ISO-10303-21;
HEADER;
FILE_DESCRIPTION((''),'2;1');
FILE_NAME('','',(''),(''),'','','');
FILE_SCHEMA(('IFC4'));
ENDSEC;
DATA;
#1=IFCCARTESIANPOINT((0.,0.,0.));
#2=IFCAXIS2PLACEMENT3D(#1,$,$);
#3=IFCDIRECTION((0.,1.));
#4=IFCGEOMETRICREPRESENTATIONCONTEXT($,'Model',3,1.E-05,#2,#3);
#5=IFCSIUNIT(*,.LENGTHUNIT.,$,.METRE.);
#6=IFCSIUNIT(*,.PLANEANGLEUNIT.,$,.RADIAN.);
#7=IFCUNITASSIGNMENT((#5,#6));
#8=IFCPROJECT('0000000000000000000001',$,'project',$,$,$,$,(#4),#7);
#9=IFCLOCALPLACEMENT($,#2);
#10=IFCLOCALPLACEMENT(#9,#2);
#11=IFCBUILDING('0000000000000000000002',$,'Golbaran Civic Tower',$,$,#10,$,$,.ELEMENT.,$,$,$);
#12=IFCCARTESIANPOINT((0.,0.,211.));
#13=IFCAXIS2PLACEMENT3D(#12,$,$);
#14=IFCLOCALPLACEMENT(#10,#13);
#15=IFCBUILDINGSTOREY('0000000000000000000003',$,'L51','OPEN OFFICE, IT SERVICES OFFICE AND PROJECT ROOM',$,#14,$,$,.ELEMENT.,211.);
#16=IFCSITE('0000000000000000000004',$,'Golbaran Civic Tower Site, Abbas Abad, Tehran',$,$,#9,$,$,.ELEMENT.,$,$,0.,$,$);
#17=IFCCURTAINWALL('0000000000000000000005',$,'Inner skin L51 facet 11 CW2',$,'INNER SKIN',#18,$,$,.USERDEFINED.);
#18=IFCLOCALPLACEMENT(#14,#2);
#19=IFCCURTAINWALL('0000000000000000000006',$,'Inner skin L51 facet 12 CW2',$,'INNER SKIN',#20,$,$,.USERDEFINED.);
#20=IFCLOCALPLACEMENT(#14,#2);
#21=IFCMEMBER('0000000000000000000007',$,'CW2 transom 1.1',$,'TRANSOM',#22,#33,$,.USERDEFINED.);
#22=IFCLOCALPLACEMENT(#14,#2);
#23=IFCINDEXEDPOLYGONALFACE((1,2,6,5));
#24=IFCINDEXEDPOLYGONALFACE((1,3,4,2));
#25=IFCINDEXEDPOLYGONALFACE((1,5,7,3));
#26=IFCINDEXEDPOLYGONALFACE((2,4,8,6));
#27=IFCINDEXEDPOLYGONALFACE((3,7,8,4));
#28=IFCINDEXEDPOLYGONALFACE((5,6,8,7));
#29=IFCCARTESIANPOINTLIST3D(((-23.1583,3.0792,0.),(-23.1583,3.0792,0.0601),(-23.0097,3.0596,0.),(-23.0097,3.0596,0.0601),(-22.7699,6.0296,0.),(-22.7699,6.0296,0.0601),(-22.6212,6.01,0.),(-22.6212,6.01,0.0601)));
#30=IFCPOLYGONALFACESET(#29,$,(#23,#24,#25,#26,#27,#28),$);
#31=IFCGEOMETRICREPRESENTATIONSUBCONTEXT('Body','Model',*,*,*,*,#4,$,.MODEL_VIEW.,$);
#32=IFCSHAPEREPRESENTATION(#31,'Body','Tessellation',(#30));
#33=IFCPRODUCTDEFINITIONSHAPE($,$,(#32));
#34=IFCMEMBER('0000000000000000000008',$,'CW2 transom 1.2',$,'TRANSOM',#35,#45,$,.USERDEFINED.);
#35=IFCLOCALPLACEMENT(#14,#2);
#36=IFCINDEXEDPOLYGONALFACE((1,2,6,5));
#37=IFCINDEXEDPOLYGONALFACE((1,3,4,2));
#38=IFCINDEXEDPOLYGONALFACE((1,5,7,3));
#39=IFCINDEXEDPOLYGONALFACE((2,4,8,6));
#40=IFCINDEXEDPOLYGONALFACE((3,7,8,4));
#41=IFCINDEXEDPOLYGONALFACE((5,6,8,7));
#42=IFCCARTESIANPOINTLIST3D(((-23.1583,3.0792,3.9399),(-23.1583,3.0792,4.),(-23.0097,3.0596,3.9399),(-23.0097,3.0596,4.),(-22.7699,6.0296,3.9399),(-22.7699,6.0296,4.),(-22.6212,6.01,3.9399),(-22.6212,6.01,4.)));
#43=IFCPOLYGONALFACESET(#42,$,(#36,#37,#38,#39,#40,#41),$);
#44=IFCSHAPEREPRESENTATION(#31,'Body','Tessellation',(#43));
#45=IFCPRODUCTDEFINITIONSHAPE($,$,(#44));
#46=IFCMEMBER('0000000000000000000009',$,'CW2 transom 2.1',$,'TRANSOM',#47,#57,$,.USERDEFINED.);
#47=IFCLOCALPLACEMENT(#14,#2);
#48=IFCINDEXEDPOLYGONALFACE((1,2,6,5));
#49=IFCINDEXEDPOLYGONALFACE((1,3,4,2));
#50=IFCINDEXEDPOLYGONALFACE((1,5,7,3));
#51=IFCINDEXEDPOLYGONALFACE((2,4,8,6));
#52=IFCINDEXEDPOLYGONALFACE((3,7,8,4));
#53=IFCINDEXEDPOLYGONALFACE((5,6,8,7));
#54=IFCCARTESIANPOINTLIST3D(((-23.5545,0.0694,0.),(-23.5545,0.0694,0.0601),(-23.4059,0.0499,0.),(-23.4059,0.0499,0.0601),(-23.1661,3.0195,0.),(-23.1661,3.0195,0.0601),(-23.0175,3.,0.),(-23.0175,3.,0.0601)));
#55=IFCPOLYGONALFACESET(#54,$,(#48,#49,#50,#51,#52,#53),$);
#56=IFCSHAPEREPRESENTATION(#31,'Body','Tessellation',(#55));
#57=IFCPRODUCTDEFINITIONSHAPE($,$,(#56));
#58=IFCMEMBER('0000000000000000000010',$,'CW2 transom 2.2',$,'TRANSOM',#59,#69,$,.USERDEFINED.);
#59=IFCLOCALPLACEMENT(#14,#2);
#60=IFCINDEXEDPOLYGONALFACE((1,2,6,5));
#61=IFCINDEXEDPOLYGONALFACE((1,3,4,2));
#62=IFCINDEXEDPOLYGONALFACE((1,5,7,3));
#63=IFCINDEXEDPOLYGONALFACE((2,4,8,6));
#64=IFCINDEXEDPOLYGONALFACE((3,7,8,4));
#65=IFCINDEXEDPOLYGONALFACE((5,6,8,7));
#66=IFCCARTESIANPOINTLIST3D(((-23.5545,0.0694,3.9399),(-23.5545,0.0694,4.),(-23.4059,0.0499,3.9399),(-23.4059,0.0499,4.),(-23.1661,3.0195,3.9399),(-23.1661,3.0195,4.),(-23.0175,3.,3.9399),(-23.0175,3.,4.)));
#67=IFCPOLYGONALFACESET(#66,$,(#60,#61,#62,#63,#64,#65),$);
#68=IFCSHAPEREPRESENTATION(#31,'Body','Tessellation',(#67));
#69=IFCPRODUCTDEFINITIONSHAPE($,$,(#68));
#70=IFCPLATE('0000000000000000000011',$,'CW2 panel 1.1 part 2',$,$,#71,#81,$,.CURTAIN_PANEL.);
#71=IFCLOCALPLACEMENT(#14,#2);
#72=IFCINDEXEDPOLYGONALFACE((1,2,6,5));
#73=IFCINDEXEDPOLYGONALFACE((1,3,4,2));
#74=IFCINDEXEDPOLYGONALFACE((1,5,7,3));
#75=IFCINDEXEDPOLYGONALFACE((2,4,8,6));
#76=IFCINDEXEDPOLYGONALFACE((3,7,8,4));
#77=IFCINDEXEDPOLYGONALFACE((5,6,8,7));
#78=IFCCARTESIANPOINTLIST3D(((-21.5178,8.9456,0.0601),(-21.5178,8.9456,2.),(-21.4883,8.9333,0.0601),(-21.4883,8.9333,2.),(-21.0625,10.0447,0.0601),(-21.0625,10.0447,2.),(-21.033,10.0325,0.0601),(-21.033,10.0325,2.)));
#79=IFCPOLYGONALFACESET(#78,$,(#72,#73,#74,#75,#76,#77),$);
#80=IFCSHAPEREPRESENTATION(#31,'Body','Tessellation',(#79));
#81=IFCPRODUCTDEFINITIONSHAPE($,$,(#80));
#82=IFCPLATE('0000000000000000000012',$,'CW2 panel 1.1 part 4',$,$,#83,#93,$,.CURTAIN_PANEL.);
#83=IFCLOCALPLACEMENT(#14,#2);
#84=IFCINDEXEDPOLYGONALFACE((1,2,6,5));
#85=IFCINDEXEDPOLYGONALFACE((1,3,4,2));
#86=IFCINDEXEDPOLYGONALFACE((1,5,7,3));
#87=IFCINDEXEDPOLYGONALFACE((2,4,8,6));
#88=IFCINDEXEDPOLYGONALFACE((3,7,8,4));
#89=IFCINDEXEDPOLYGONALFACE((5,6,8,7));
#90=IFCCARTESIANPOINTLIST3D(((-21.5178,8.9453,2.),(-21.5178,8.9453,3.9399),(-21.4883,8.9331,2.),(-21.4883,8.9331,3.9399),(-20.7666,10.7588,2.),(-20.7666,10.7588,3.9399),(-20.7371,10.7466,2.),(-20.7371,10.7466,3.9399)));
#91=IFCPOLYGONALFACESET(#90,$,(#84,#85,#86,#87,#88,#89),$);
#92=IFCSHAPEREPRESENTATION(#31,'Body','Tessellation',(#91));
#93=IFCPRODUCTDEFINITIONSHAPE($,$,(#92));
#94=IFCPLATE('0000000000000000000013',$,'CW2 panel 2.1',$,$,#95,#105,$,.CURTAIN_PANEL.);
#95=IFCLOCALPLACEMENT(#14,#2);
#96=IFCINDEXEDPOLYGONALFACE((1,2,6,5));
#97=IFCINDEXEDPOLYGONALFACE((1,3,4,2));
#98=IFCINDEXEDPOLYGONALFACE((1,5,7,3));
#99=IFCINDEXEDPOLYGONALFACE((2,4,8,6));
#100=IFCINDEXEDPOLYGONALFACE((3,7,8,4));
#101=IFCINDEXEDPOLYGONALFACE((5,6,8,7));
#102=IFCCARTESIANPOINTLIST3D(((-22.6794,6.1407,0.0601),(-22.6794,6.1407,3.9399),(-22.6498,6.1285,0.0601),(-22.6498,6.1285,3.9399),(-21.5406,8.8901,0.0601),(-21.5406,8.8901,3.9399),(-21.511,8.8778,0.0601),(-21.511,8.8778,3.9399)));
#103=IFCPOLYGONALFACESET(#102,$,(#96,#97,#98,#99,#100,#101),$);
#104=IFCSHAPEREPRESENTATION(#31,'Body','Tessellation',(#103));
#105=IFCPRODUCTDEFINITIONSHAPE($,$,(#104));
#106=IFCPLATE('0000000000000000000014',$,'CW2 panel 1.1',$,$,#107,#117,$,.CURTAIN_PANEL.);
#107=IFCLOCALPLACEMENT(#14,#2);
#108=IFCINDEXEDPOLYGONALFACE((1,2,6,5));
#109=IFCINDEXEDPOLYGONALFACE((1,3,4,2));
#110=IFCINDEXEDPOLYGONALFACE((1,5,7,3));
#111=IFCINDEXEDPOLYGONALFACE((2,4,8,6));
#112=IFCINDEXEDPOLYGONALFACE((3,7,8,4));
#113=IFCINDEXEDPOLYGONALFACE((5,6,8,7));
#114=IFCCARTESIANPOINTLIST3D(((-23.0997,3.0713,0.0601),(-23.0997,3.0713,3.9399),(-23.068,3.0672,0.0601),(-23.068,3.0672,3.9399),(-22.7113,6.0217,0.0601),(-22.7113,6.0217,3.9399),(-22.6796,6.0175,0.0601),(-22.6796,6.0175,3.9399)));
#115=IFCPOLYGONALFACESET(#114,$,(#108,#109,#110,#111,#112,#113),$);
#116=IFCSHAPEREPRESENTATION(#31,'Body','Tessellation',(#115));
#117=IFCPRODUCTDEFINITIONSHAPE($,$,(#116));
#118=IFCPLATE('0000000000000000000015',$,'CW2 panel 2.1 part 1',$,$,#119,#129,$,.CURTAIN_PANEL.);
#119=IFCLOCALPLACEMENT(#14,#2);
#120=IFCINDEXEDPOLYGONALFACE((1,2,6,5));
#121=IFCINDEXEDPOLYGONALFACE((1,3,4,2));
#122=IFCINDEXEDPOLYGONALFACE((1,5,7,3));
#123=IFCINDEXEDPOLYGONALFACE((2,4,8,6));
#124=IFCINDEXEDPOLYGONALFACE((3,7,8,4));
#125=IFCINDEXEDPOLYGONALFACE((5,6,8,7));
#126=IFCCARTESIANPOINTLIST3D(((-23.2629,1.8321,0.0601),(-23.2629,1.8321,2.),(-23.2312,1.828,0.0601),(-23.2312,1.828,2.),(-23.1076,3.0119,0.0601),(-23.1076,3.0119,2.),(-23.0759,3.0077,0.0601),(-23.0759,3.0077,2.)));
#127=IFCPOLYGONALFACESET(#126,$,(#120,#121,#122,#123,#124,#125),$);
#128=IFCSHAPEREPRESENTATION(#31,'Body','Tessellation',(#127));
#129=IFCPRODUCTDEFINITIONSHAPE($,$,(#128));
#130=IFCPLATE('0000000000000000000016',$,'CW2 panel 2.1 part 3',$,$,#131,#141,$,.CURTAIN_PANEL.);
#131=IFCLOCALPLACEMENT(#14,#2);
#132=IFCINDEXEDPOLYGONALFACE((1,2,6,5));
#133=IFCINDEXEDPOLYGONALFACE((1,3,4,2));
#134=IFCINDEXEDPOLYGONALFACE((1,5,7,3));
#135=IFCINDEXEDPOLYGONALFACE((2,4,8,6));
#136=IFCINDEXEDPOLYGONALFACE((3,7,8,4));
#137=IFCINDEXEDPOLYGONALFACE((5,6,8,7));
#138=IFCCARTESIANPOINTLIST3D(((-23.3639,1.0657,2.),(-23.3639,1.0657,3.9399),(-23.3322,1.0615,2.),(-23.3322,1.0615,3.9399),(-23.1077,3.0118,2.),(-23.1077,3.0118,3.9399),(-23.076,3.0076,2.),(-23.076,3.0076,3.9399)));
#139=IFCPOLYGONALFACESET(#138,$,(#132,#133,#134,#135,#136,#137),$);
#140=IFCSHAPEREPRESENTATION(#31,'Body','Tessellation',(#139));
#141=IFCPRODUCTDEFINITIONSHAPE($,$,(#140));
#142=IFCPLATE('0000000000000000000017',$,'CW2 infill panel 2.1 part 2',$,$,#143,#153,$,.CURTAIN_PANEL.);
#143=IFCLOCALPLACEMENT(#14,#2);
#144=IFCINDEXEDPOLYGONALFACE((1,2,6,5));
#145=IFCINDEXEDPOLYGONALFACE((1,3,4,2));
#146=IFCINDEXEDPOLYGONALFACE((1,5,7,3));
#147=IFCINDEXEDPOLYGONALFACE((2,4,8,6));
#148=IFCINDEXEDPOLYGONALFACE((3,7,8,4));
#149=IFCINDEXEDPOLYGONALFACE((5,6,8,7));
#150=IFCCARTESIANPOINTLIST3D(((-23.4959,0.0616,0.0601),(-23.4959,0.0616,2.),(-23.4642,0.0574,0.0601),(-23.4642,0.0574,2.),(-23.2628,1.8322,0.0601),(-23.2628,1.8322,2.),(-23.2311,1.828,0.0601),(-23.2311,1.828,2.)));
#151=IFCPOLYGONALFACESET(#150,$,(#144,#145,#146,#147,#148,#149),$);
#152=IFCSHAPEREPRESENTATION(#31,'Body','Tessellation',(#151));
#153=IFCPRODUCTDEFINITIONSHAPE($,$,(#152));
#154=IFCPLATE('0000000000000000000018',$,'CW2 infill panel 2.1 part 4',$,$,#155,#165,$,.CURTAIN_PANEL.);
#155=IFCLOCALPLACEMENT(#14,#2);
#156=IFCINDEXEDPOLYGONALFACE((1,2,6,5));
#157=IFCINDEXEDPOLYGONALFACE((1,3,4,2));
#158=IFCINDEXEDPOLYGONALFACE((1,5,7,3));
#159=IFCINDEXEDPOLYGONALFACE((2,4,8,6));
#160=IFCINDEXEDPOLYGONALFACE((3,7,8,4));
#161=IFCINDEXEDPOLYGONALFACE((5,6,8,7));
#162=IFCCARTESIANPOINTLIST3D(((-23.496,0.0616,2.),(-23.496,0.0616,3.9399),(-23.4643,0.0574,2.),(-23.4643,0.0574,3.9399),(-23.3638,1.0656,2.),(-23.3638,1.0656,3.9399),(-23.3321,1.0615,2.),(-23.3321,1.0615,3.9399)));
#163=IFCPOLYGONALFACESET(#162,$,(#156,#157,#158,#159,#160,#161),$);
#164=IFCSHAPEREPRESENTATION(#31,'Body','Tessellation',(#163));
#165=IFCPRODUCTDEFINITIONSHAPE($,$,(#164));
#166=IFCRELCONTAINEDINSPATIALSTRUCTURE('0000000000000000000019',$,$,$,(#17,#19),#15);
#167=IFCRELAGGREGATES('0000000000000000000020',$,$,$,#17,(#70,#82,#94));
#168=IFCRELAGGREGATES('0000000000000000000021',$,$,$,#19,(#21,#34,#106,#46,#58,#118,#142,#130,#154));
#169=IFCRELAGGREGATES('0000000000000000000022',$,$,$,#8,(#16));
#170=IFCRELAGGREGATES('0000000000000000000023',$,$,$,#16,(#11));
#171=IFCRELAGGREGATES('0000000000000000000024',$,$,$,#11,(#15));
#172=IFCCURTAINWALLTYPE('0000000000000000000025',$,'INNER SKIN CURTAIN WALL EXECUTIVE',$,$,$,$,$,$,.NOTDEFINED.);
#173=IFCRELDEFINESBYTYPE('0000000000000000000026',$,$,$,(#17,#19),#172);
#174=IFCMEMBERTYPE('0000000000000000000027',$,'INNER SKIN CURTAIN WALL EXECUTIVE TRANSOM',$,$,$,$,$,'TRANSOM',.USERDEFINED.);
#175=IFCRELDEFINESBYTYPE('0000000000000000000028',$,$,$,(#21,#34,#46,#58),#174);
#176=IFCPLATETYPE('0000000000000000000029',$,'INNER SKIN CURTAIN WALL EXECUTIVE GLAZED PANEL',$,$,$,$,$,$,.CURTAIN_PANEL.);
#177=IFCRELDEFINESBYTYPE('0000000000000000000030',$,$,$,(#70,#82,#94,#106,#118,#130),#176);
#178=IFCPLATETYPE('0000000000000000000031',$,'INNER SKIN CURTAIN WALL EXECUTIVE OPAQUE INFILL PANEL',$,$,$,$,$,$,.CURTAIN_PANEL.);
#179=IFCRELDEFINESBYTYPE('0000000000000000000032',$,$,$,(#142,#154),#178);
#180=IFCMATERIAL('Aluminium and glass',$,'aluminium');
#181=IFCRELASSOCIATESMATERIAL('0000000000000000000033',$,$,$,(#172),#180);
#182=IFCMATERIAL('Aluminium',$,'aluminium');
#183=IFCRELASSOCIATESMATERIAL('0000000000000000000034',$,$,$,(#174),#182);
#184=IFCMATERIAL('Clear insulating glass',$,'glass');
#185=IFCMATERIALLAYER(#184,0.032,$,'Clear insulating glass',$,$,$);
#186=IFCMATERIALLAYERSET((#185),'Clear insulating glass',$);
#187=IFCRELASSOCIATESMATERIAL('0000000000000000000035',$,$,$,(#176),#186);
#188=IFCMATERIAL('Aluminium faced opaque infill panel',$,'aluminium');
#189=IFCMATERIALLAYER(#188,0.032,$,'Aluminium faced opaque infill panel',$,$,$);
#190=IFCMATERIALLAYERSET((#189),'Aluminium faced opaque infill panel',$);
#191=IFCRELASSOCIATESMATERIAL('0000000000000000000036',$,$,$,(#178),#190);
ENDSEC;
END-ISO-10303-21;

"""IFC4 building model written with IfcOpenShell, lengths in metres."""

from ifc_helpers import new_model, si_unit, direction, frame, origin, origin_2d, place, context, subcontext, project, spatial, rectangle, extrude, material, layer, layer_set, material_profile, profile_set, type_object, element, aggregate, save


model = new_model("IFC4")

# Units and contexts
model_context = context("Model", 3, precision=1e-05, world=origin(), true_north=direction((0.0, 1.0)))
body_context = subcontext(model_context, "Body", "Model", "MODEL_VIEW")
ifc_project = project(units=[si_unit("LENGTHUNIT", "METRE"), si_unit("PLANEANGLEUNIT", "RADIAN")], contexts=[model_context])

# Site, building, storey
site_placement = place(None, origin())
site = spatial("IfcSite", under=ifc_project, at=site_placement, Name="Golbaran Civic Tower Site, Abbas Abad, Tehran", CompositionType="ELEMENT", RefElevation=0.0)
building_placement = place(site_placement, origin())
building = spatial("IfcBuilding", under=site, at=building_placement, Name="Golbaran Civic Tower", CompositionType="ELEMENT")
storey_placement = place(building_placement, frame((0.0, 0.0, 211.0)))
storey = spatial("IfcBuildingStorey", under=building, at=storey_placement, Name="L51", Description="OPEN OFFICE, IT SERVICES OFFICE AND PROJECT ROOM", CompositionType="ELEMENT", Elevation=211.0)

# Curtain walls
ifc_material_1 = material(Name="Aluminium and glass", Category="aluminium")
curtain_wall_type = type_object("IfcCurtainWallType", Name="INNER SKIN CURTAIN WALL EXECUTIVE", PredefinedType="NOTDEFINED", material=ifc_material_1)
curtain_wall_1_placement = place(storey_placement, origin())
curtain_wall_1 = element("IfcCurtainWall", 1, at=curtain_wall_1_placement, inside=storey, type_object=curtain_wall_type, Name="Inner skin L51 facet 11 CW2", ObjectType="INNER SKIN", PredefinedType="USERDEFINED")
ifc_material_2 = material(Name="Aluminium", Category="aluminium")
curtain_wall_2_placement = place(storey_placement, origin())
curtain_wall_2 = element("IfcCurtainWall", 2, at=curtain_wall_2_placement, inside=storey, type_object=curtain_wall_type, Name="Inner skin L51 facet 12 CW2", ObjectType="INNER SKIN", PredefinedType="USERDEFINED")

# Members
ifc_material_profile_1 = material_profile(ifc_material_2, rectangle(XDim=0.1499, YDim=0.0601, at=origin_2d()), Name="INNER SKIN CURTAIN WALL EXECUTIVE TRANSOM")
ifc_profile_set_1 = profile_set([ifc_material_profile_1], Name="Aluminium")
member_type_1 = type_object("IfcMemberType", Name="INNER SKIN CURTAIN WALL EXECUTIVE TRANSOM", ElementType="TRANSOM", PredefinedType="USERDEFINED", material=ifc_profile_set_1)
member_1_placement = place(storey_placement, frame((-22.6956, 6.0198, 0.03), z_axis=(-0.130525, -0.991445, 0.0), x_axis=(0.991445, -0.130525, 0.0)))
member_1 = element("IfcMember", 3, at=member_1_placement, type_object=member_type_1, Name="CW2 transom 1.1", ObjectType="TRANSOM", PredefinedType="USERDEFINED", context=body_context, shape_type="SweptSolid", body=[
    extrude(rectangle(XDim=0.1499, YDim=0.0601, at=origin_2d()), origin(), (0.0, 0.0, 1.0), 2.9758),
])
member_2_placement = place(storey_placement, frame((-22.6956, 6.0198, 3.97), z_axis=(-0.130525, -0.991445, 0.0), x_axis=(0.991445, -0.130525, 0.0)))
member_2 = element("IfcMember", 4, at=member_2_placement, type_object=member_type_1, Name="CW2 transom 1.2", ObjectType="TRANSOM", PredefinedType="USERDEFINED", context=body_context, shape_type="SweptSolid", body=[
    extrude(rectangle(XDim=0.1499, YDim=0.0601, at=origin_2d()), origin(), (0.0, 0.0, 1.0), 2.9758),
])
member_3_placement = place(storey_placement, frame((-23.0918, 3.0098, 0.03), z_axis=(-0.130535, -0.991444, 0.0), x_axis=(0.991444, -0.130535, 0.0)))
member_3 = element("IfcMember", 5, at=member_3_placement, type_object=member_type_1, Name="CW2 transom 2.1", ObjectType="TRANSOM", PredefinedType="USERDEFINED", context=body_context, shape_type="SweptSolid", body=[
    extrude(rectangle(XDim=0.1499, YDim=0.0601, at=origin_2d()), origin(), (0.0, 0.0, 1.0), 2.9756),
])
member_4_placement = place(storey_placement, frame((-23.0918, 3.0098, 3.97), z_axis=(-0.130535, -0.991444, 0.0), x_axis=(0.991444, -0.130535, 0.0)))
member_4 = element("IfcMember", 6, at=member_4_placement, type_object=member_type_1, Name="CW2 transom 2.2", ObjectType="TRANSOM", PredefinedType="USERDEFINED", context=body_context, shape_type="SweptSolid", body=[
    extrude(rectangle(XDim=0.1499, YDim=0.0601, at=origin_2d()), origin(), (0.0, 0.0, 1.0), 2.9756),
])

# Plates
ifc_material_3 = material(Name="Clear insulating glass", Category="glass")
ifc_layer_1 = layer(ifc_material_3, 0.032, Name="Clear insulating glass")
ifc_layer_set_1 = layer_set([ifc_layer_1], Name="Clear insulating glass")
plate_type_1 = type_object("IfcPlateType", Name="INNER SKIN CURTAIN WALL EXECUTIVE GLAZED PANEL", PredefinedType="CURTAIN_PANEL", material=ifc_layer_set_1)
plate_1_placement = place(storey_placement, frame((-21.2754, 9.489, 0.0601), z_axis=(0.0, 0.0, 1.0), x_axis=(-0.382683, -0.92388, 0.0)))
plate_1 = element("IfcPlate", 7, at=plate_1_placement, type_object=plate_type_1, Name="CW2 panel 1.1 part 2", PredefinedType="CURTAIN_PANEL", context=body_context, shape_type="SweptSolid", body=[
    extrude(rectangle(XDim=1.1897, YDim=0.032, at=origin_2d()), origin(), (0.0, 0.0, 1.0), 1.9399),
])
plate_2_placement = place(storey_placement, frame((-21.1274, 9.8459, 2.0), z_axis=(0.0, 0.0, 1.0), x_axis=(-0.382683, -0.92388, 0.0)))
plate_2 = element("IfcPlate", 8, at=plate_2_placement, type_object=plate_type_1, Name="CW2 panel 1.1 part 4", PredefinedType="CURTAIN_PANEL", context=body_context, shape_type="SweptSolid", body=[
    extrude(rectangle(XDim=1.9629, YDim=0.032, at=origin_2d()), origin(), (0.0, 0.0, 1.0), 1.9399),
])
plate_3_placement = place(storey_placement, frame((-22.0952, 7.5093, 0.0601), z_axis=(0.0, 0.0, 1.0), x_axis=(-0.382683, -0.92388, 0.0)))
plate_3 = element("IfcPlate", 9, at=plate_3_placement, type_object=plate_type_1, Name="CW2 panel 2.1", PredefinedType="CURTAIN_PANEL", context=body_context, shape_type="SweptSolid", body=[
    extrude(rectangle(XDim=2.9758, YDim=0.032, at=origin_2d()), origin(), (0.0, 0.0, 1.0), 3.8799),
])
aggregate(curtain_wall_1, [plate_1, plate_2, plate_3])
plate_4_placement = place(storey_placement, frame((-22.8896, 4.5444, 0.0601), z_axis=(0.0, 0.0, 1.0), x_axis=(-0.130526, -0.991445, 0.0)))
plate_4 = element("IfcPlate", 10, at=plate_4_placement, type_object=plate_type_1, Name="CW2 panel 1.1", PredefinedType="CURTAIN_PANEL", context=body_context, shape_type="SweptSolid", body=[
    extrude(rectangle(XDim=2.9758, YDim=0.032, at=origin_2d()), origin(), (0.0, 0.0, 1.0), 3.8799),
])
plate_5_placement = place(storey_placement, frame((-23.1694, 2.4199, 0.0601), z_axis=(0.0, 0.0, 1.0), x_axis=(-0.130526, -0.991445, 0.0)))
plate_5 = element("IfcPlate", 11, at=plate_5_placement, type_object=plate_type_1, Name="CW2 panel 2.1 part 1", PredefinedType="CURTAIN_PANEL", context=body_context, shape_type="SweptSolid", body=[
    extrude(rectangle(XDim=1.1899, YDim=0.032, at=origin_2d()), origin(), (0.0, 0.0, 1.0), 1.9399),
])
plate_6_placement = place(storey_placement, frame((-23.22, 2.0366, 2.0), z_axis=(0.0, 0.0, 1.0), x_axis=(-0.130526, -0.991445, 0.0)))
plate_6 = element("IfcPlate", 12, at=plate_6_placement, type_object=plate_type_1, Name="CW2 panel 2.1 part 3", PredefinedType="CURTAIN_PANEL", context=body_context, shape_type="SweptSolid", body=[
    extrude(rectangle(XDim=1.9629, YDim=0.032, at=origin_2d()), origin(), (0.0, 0.0, 1.0), 1.9399),
])
ifc_material_4 = material(Name="Aluminium faced opaque infill panel", Category="aluminium")
ifc_layer_2 = layer(ifc_material_4, 0.032, Name="Aluminium faced opaque infill panel")
ifc_layer_set_2 = layer_set([ifc_layer_2], Name="Aluminium faced opaque infill panel")
plate_type_2 = type_object("IfcPlateType", Name="INNER SKIN CURTAIN WALL EXECUTIVE OPAQUE INFILL PANEL", PredefinedType="CURTAIN_PANEL", material=ifc_layer_set_2)
plate_7_placement = place(storey_placement, frame((-23.3635, 0.9448, 0.0601), z_axis=(0.0, 0.0, 1.0), x_axis=(-0.130526, -0.991445, 0.0)))
plate_7 = element("IfcPlate", 13, at=plate_7_placement, type_object=plate_type_2, Name="CW2 infill panel 2.1 part 2", PredefinedType="CURTAIN_PANEL", context=body_context, shape_type="SweptSolid", body=[
    extrude(rectangle(XDim=1.7859, YDim=0.032, at=origin_2d()), origin(), (0.0, 0.0, 1.0), 1.9399),
])
plate_8_placement = place(storey_placement, frame((-23.4141, 0.5615, 2.0), z_axis=(0.0, 0.0, 1.0), x_axis=(-0.130526, -0.991445, 0.0)))
plate_8 = element("IfcPlate", 14, at=plate_8_placement, type_object=plate_type_2, Name="CW2 infill panel 2.1 part 4", PredefinedType="CURTAIN_PANEL", context=body_context, shape_type="SweptSolid", body=[
    extrude(rectangle(XDim=1.0127, YDim=0.032, at=origin_2d()), origin(), (0.0, 0.0, 1.0), 1.9399),
])
aggregate(curtain_wall_2, [member_1, member_2, plate_4, member_3, member_4, plate_5, plate_7, plate_6, plate_8])

save(model, "model.ifc")
